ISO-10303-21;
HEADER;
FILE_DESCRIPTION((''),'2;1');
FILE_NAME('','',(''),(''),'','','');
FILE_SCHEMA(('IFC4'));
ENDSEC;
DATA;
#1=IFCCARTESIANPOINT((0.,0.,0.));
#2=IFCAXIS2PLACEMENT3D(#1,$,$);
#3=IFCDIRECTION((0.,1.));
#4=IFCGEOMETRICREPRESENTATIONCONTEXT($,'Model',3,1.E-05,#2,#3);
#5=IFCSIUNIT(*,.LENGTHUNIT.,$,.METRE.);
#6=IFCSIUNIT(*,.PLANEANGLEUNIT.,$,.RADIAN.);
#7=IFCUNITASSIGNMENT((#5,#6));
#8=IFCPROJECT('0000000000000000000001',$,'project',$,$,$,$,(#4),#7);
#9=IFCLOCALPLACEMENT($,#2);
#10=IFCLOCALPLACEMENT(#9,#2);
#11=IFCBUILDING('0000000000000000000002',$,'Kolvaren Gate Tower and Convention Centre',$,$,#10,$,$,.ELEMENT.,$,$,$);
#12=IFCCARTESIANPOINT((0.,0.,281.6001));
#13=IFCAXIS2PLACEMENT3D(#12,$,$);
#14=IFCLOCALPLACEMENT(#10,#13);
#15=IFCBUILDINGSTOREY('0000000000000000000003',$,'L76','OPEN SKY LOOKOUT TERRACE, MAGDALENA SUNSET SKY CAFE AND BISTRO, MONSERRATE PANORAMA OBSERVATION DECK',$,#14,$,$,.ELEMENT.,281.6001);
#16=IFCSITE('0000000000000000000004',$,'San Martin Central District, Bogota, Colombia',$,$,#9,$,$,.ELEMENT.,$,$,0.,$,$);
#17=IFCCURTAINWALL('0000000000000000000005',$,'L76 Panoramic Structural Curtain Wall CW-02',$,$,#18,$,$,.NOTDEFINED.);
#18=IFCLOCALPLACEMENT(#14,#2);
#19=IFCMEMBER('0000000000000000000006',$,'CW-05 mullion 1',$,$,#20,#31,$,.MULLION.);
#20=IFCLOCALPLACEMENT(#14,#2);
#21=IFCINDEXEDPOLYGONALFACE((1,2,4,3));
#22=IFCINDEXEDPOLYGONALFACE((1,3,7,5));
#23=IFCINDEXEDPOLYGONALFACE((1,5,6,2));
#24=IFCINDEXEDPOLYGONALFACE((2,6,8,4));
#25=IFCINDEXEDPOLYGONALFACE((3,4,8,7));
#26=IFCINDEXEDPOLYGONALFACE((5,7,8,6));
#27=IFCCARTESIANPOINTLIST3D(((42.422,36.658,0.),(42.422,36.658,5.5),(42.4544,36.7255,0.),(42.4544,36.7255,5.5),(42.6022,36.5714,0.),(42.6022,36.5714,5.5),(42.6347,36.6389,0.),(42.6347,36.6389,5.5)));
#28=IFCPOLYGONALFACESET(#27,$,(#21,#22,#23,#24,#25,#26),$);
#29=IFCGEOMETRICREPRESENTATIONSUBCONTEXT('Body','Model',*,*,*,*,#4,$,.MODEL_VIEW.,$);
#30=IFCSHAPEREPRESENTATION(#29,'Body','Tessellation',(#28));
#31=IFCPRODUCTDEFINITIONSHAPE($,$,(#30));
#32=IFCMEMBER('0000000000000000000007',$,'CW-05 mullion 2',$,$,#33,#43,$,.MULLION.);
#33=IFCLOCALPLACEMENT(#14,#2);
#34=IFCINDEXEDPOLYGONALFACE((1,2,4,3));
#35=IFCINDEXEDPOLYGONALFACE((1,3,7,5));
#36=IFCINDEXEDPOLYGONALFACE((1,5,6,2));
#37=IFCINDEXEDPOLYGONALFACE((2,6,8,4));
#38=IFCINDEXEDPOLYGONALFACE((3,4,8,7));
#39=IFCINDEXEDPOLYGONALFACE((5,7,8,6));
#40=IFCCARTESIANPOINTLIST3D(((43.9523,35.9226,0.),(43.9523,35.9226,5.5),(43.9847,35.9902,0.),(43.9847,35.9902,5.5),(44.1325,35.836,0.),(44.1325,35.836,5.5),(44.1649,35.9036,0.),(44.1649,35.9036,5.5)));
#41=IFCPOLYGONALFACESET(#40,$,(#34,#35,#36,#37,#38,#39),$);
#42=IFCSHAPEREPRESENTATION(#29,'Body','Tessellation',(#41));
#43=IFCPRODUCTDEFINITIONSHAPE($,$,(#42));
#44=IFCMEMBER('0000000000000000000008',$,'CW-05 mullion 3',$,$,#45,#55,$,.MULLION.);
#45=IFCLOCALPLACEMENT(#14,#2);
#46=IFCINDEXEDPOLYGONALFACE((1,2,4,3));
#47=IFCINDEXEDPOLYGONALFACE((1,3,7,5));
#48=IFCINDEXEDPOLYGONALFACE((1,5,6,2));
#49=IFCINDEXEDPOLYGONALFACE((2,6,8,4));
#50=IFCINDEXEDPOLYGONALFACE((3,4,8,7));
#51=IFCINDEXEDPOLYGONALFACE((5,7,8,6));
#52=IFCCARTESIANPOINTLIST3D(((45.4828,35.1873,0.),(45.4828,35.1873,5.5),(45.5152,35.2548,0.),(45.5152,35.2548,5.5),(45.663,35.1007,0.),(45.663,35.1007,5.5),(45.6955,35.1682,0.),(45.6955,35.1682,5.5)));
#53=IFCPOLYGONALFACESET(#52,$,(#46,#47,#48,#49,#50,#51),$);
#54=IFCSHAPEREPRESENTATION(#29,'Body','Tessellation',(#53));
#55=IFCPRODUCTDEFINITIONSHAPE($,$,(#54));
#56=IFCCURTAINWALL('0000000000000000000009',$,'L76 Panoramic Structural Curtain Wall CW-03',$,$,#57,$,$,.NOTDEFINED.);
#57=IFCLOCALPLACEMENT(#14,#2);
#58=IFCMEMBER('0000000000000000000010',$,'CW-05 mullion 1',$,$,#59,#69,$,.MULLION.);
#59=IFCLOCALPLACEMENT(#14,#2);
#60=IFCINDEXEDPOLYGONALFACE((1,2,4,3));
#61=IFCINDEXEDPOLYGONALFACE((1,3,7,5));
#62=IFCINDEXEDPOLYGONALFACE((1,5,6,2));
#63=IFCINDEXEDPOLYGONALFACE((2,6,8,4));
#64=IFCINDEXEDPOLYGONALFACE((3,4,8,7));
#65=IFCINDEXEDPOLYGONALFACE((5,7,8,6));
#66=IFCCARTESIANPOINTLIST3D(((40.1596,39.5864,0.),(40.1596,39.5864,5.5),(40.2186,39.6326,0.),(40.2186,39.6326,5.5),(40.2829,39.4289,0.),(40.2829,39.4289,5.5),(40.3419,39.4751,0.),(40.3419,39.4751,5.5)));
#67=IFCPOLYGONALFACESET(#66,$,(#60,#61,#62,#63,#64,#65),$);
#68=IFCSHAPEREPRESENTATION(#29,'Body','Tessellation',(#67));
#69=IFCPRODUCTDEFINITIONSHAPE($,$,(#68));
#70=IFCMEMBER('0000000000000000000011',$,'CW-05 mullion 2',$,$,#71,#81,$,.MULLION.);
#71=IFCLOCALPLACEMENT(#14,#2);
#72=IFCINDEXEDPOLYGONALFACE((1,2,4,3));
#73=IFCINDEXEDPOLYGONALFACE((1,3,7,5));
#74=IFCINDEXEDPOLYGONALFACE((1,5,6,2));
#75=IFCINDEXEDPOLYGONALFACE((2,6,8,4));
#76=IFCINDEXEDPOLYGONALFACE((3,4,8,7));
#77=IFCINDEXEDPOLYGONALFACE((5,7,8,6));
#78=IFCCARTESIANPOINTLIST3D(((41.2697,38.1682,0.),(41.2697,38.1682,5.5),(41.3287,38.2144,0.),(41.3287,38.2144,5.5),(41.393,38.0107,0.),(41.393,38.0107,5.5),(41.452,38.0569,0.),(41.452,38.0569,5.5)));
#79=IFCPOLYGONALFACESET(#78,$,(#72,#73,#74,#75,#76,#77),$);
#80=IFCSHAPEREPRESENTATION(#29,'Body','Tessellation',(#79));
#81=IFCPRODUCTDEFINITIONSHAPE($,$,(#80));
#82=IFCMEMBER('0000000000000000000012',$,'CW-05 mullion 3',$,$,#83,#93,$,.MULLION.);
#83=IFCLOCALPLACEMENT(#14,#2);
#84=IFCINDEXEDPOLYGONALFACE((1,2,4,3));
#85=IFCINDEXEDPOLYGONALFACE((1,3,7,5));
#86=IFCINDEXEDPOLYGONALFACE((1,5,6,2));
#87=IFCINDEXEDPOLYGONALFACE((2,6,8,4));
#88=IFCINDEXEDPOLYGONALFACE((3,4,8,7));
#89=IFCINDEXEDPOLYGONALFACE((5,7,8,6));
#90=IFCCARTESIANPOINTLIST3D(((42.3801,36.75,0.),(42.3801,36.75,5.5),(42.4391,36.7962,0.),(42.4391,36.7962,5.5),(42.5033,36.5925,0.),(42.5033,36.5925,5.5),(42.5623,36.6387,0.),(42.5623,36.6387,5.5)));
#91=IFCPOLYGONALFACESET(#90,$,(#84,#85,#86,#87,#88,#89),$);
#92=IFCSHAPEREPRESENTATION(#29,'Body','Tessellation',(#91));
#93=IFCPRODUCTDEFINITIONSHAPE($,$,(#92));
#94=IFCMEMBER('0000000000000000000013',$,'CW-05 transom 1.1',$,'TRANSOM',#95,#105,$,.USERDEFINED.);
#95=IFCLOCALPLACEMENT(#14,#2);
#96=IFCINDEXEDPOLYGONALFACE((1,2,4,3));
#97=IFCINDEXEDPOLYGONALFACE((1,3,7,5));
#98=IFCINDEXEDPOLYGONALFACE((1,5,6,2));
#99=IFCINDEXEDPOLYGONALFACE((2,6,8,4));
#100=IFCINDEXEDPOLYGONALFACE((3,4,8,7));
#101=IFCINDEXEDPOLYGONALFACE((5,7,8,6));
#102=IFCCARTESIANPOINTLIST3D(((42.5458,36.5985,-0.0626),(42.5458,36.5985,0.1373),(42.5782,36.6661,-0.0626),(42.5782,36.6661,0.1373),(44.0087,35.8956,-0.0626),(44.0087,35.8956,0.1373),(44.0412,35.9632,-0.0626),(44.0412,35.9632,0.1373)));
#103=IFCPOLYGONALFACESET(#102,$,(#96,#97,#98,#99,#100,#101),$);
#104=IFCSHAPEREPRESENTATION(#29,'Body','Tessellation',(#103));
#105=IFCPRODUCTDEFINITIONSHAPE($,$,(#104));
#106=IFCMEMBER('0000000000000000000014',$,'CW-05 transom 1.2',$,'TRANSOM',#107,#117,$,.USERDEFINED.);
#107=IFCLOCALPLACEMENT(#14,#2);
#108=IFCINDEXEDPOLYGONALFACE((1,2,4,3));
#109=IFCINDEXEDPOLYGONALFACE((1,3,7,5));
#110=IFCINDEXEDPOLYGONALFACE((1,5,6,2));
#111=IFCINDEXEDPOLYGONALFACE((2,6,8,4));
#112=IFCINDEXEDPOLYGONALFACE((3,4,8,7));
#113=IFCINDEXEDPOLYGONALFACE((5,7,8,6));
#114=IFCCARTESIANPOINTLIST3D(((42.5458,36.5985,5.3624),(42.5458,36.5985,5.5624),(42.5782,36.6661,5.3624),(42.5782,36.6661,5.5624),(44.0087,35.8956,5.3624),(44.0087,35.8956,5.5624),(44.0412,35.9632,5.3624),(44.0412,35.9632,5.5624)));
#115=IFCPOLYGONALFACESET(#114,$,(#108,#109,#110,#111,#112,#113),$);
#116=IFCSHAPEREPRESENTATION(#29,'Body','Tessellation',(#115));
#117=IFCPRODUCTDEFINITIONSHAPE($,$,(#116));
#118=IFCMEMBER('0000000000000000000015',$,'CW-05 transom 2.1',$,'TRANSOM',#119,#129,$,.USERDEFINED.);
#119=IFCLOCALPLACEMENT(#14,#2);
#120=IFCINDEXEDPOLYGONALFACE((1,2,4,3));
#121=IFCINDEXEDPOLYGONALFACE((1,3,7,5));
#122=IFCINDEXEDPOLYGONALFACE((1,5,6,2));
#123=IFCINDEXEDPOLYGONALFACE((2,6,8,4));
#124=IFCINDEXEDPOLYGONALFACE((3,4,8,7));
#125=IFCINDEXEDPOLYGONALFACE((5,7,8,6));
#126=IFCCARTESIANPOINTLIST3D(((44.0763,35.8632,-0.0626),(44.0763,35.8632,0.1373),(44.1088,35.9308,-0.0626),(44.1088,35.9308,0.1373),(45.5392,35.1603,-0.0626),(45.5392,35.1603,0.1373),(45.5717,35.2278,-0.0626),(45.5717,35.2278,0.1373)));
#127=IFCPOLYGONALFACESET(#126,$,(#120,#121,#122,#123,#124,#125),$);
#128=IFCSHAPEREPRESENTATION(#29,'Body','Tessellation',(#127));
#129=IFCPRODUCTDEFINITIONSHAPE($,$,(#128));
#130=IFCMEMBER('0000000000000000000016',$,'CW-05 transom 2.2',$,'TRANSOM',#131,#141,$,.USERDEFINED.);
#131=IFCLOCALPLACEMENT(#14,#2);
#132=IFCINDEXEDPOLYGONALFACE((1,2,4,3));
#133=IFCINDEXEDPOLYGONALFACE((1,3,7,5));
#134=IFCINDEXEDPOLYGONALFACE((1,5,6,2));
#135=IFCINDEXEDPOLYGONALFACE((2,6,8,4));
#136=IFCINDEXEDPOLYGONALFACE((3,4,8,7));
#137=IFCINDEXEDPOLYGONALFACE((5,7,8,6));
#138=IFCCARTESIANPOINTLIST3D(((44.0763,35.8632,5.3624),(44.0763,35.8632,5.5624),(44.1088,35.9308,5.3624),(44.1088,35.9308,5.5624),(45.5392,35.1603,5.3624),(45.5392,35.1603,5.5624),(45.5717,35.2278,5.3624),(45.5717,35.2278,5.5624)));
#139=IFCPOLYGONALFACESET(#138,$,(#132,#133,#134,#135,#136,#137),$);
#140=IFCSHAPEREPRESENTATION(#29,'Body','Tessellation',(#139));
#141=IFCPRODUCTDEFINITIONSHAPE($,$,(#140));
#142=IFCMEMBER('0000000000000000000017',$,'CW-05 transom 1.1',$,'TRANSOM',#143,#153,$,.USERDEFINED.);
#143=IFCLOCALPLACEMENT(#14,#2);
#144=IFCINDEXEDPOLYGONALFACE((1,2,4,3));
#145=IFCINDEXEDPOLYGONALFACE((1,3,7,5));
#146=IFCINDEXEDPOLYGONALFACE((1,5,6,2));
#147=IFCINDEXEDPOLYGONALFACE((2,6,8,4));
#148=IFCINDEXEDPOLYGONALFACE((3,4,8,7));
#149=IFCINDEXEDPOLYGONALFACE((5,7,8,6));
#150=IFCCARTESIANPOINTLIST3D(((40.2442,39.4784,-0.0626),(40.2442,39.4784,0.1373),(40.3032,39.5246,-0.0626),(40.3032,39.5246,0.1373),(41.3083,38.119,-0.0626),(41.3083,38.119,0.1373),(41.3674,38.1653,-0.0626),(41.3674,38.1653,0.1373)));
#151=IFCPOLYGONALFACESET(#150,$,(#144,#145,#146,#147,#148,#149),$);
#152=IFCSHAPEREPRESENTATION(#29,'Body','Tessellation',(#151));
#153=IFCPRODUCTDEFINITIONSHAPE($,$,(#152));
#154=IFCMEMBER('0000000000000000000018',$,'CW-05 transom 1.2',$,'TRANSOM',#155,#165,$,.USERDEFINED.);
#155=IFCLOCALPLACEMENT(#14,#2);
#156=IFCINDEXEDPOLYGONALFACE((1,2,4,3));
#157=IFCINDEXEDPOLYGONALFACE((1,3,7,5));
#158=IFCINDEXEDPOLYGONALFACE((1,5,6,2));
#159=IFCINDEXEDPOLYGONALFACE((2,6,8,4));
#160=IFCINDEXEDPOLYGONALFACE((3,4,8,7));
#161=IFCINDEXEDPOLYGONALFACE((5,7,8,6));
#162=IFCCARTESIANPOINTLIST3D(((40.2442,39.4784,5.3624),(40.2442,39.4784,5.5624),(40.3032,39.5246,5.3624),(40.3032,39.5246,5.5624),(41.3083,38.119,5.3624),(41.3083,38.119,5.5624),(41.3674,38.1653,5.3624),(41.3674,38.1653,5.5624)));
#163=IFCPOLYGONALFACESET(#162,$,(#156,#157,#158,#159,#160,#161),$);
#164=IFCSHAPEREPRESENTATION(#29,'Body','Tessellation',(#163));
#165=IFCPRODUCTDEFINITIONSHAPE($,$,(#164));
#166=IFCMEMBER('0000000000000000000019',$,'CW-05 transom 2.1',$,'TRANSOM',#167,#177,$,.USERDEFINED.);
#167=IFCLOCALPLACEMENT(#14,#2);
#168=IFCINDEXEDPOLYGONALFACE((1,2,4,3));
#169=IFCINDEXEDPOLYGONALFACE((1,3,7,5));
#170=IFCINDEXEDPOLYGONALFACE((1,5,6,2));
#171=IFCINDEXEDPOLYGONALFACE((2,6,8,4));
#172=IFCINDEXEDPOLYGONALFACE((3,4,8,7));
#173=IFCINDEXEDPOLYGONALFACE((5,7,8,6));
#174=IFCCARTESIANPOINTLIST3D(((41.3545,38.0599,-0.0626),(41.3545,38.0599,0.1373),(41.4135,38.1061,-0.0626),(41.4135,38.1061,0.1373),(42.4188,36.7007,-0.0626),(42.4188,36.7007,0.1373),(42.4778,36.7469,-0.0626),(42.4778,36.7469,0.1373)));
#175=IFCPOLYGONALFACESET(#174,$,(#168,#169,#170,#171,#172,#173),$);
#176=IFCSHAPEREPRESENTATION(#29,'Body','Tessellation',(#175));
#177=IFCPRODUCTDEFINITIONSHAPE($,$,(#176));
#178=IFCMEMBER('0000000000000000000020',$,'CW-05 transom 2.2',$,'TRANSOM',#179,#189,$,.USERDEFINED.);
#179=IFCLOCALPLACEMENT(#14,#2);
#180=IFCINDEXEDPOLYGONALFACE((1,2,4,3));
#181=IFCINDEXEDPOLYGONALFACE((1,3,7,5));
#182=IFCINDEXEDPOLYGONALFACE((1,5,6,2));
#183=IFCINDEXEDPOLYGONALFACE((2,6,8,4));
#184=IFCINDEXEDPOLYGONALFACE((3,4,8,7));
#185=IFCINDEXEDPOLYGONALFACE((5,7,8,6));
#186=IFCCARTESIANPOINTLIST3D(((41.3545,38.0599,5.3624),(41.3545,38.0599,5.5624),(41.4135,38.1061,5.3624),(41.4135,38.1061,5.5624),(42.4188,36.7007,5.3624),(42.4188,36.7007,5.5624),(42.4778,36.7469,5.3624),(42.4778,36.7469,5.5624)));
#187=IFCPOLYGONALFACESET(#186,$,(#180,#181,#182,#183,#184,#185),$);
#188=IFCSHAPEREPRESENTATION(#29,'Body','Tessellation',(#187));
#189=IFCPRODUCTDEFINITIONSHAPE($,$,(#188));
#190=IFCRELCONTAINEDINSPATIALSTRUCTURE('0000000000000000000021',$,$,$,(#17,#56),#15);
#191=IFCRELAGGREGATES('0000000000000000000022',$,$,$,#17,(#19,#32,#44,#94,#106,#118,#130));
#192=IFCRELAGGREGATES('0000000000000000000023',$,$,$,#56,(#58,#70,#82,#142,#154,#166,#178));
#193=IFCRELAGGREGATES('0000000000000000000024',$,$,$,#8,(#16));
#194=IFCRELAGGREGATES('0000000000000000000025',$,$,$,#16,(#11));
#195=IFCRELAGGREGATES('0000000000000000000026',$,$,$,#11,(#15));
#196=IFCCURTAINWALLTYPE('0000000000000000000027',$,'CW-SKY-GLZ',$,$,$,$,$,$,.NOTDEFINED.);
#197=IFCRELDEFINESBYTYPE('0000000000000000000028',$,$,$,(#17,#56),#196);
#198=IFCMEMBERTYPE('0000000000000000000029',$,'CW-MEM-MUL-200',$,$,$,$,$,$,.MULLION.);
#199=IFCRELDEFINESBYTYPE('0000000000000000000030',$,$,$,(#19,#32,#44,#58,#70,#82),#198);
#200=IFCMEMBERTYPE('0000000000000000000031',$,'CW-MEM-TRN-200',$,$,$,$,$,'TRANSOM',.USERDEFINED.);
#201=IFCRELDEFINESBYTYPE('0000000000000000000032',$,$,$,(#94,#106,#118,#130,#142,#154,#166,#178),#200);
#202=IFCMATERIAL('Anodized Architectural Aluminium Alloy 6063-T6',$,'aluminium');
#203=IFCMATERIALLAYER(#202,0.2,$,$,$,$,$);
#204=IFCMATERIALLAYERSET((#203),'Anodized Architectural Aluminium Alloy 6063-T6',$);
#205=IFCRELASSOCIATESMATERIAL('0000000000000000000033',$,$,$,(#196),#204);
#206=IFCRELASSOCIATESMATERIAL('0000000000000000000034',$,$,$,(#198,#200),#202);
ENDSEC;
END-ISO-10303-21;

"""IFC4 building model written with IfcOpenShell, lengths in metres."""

from ifc_helpers import new_model, si_unit, direction, frame, origin, origin_2d, place, context, subcontext, project, spatial, rectangle, extrude, material, layer, layer_set, material_profile, profile_set, type_object, element, aggregate, save


model = new_model("IFC4")

# Units and contexts
model_context = context("Model", 3, precision=1e-05, world=origin(), true_north=direction((0.0, 1.0)))
body_context = subcontext(model_context, "Body", "Model", "MODEL_VIEW")
ifc_project = project(units=[si_unit("LENGTHUNIT", "METRE"), si_unit("PLANEANGLEUNIT", "RADIAN")], contexts=[model_context])

# Site, building, storey
site_placement = place(None, origin())
site = spatial("IfcSite", under=ifc_project, at=site_placement, Name="San Martin Central District, Bogota, Colombia", CompositionType="ELEMENT", RefElevation=0.0)
building_placement = place(site_placement, origin())
building = spatial("IfcBuilding", under=site, at=building_placement, Name="Kolvaren Gate Tower and Convention Centre", CompositionType="ELEMENT")
storey_placement = place(building_placement, frame((0.0, 0.0, 281.6001)))
storey = spatial("IfcBuildingStorey", under=building, at=storey_placement, Name="L76", Description="OPEN SKY LOOKOUT TERRACE, MAGDALENA SUNSET SKY CAFE AND BISTRO, MONSERRATE PANORAMA OBSERVATION DECK", CompositionType="ELEMENT", Elevation=281.6001)

# Curtain walls, members
ifc_material_1 = material(Name="Anodized Architectural Aluminium Alloy 6063-T6", Category="aluminium")
ifc_layer_1 = layer(ifc_material_1, 0.2)
ifc_layer_set_1 = layer_set([ifc_layer_1], Name="Anodized Architectural Aluminium Alloy 6063-T6")
curtain_wall_type = type_object("IfcCurtainWallType", Name="CW-SKY-GLZ", PredefinedType="NOTDEFINED", material=ifc_layer_set_1)
curtain_wall_1_placement = place(storey_placement, origin())
curtain_wall_1 = element("IfcCurtainWall", 1, at=curtain_wall_1_placement, inside=storey, type_object=curtain_wall_type, Name="L76 Panoramic Structural Curtain Wall CW-02", PredefinedType="NOTDEFINED")
ifc_material_profile_1 = material_profile(ifc_material_1, rectangle(XDim=0.075, YDim=0.2, at=origin_2d()), Name="CW-MEM-MUL-200")
ifc_profile_set_1 = profile_set([ifc_material_profile_1], Name="Anodized Architectural Aluminium Alloy 6063-T6")
member_type_1 = type_object("IfcMemberType", Name="CW-MEM-MUL-200", PredefinedType="MULLION", material=ifc_profile_set_1)
member_1_placement = place(storey_placement, frame((42.5283, 36.6484, 0.0), z_axis=(0.0, 0.0, 1.0), x_axis=(0.433076, 0.901358, 0.0)))
member_1 = element("IfcMember", 2, at=member_1_placement, type_object=member_type_1, Name="CW-05 mullion 1", PredefinedType="MULLION", context=body_context, shape_type="SweptSolid", body=[
    extrude(rectangle(XDim=0.075, YDim=0.2, at=origin_2d()), origin(), (0.0, 0.0, 1.0), 5.5),
])
member_2_placement = place(storey_placement, frame((44.0586, 35.9131, 0.0), z_axis=(0.0, 0.0, 1.0), x_axis=(0.433076, 0.901358, 0.0)))
member_2 = element("IfcMember", 3, at=member_2_placement, type_object=member_type_1, Name="CW-05 mullion 2", PredefinedType="MULLION", context=body_context, shape_type="SweptSolid", body=[
    extrude(rectangle(XDim=0.075, YDim=0.2, at=origin_2d()), origin(), (0.0, 0.0, 1.0), 5.5),
])
member_3_placement = place(storey_placement, frame((45.5891, 35.1777, 0.0), z_axis=(0.0, 0.0, 1.0), x_axis=(0.433076, 0.901358, 0.0)))
member_3 = element("IfcMember", 4, at=member_3_placement, type_object=member_type_1, Name="CW-05 mullion 3", PredefinedType="MULLION", context=body_context, shape_type="SweptSolid", body=[
    extrude(rectangle(XDim=0.075, YDim=0.2, at=origin_2d()), origin(), (0.0, 0.0, 1.0), 5.5),
])
curtain_wall_2_placement = place(storey_placement, origin())
curtain_wall_2 = element("IfcCurtainWall", 5, at=curtain_wall_2_placement, inside=storey, type_object=curtain_wall_type, Name="L76 Panoramic Structural Curtain Wall CW-03", PredefinedType="NOTDEFINED")
member_4_placement = place(storey_placement, frame((40.2507, 39.5308, 0.0), z_axis=(0.0, 0.0, 1.0), x_axis=(0.787413, 0.616426, 0.0)))
member_4 = element("IfcMember", 6, at=member_4_placement, type_object=member_type_1, Name="CW-05 mullion 1", PredefinedType="MULLION", context=body_context, shape_type="SweptSolid", body=[
    extrude(rectangle(XDim=0.075, YDim=0.2, at=origin_2d()), origin(), (0.0, 0.0, 1.0), 5.5),
])
member_5_placement = place(storey_placement, frame((41.3608, 38.1125, 0.0), z_axis=(0.0, 0.0, 1.0), x_axis=(0.787413, 0.616426, 0.0)))
member_5 = element("IfcMember", 7, at=member_5_placement, type_object=member_type_1, Name="CW-05 mullion 2", PredefinedType="MULLION", context=body_context, shape_type="SweptSolid", body=[
    extrude(rectangle(XDim=0.075, YDim=0.2, at=origin_2d()), origin(), (0.0, 0.0, 1.0), 5.5),
])
member_6_placement = place(storey_placement, frame((42.4712, 36.6943, 0.0), z_axis=(0.0, 0.0, 1.0), x_axis=(0.787413, 0.616426, 0.0)))
member_6 = element("IfcMember", 8, at=member_6_placement, type_object=member_type_1, Name="CW-05 mullion 3", PredefinedType="MULLION", context=body_context, shape_type="SweptSolid", body=[
    extrude(rectangle(XDim=0.075, YDim=0.2, at=origin_2d()), origin(), (0.0, 0.0, 1.0), 5.5),
])

# Members
ifc_material_profile_2 = material_profile(ifc_material_1, rectangle(XDim=0.075, YDim=0.2, at=origin_2d()), Name="CW-MEM-TRN-200")
ifc_profile_set_2 = profile_set([ifc_material_profile_2], Name="Anodized Architectural Aluminium Alloy 6063-T6")
member_type_2 = type_object("IfcMemberType", Name="CW-MEM-TRN-200", ElementType="TRANSOM", PredefinedType="USERDEFINED", material=ifc_profile_set_2)
member_7_placement = place(storey_placement, frame((42.562, 36.6323, 0.0374), z_axis=(0.901356, -0.433078, 0.0), x_axis=(0.433078, 0.901356, 0.0)))
member_7 = element("IfcMember", 9, at=member_7_placement, type_object=member_type_2, Name="CW-05 transom 1.1", ObjectType="TRANSOM", PredefinedType="USERDEFINED", context=body_context, shape_type="SweptSolid", body=[
    extrude(rectangle(XDim=0.075, YDim=0.2, at=origin_2d()), origin(), (0.0, 0.0, 1.0), 1.623),
])
member_8_placement = place(storey_placement, frame((42.562, 36.6323, 5.4624), z_axis=(0.901356, -0.433078, 0.0), x_axis=(0.433078, 0.901356, 0.0)))
member_8 = element("IfcMember", 10, at=member_8_placement, type_object=member_type_2, Name="CW-05 transom 1.2", ObjectType="TRANSOM", PredefinedType="USERDEFINED", context=body_context, shape_type="SweptSolid", body=[
    extrude(rectangle(XDim=0.075, YDim=0.2, at=origin_2d()), origin(), (0.0, 0.0, 1.0), 1.623),
])
member_9_placement = place(storey_placement, frame((44.0925, 35.897, 0.0374), z_axis=(0.901356, -0.433078, 0.0), x_axis=(0.433078, 0.901356, 0.0)))
member_9 = element("IfcMember", 11, at=member_9_placement, type_object=member_type_2, Name="CW-05 transom 2.1", ObjectType="TRANSOM", PredefinedType="USERDEFINED", context=body_context, shape_type="SweptSolid", body=[
    extrude(rectangle(XDim=0.075, YDim=0.2, at=origin_2d()), origin(), (0.0, 0.0, 1.0), 1.623),
])
member_10_placement = place(storey_placement, frame((44.0925, 35.897, 5.4624), z_axis=(0.901356, -0.433078, 0.0), x_axis=(0.433078, 0.901356, 0.0)))
member_10 = element("IfcMember", 12, at=member_10_placement, type_object=member_type_2, Name="CW-05 transom 2.2", ObjectType="TRANSOM", PredefinedType="USERDEFINED", context=body_context, shape_type="SweptSolid", body=[
    extrude(rectangle(XDim=0.075, YDim=0.2, at=origin_2d()), origin(), (0.0, 0.0, 1.0), 1.623),
])
member_11_placement = place(storey_placement, frame((40.2737, 39.5015, 0.0374), z_axis=(0.616434, -0.787407, 0.0), x_axis=(0.787407, 0.616434, 0.0)))
member_11 = element("IfcMember", 13, at=member_11_placement, type_object=member_type_2, Name="CW-05 transom 1.1", ObjectType="TRANSOM", PredefinedType="USERDEFINED", context=body_context, shape_type="SweptSolid", body=[
    extrude(rectangle(XDim=0.075, YDim=0.2, at=origin_2d()), origin(), (0.0, 0.0, 1.0), 1.7263),
])
member_12_placement = place(storey_placement, frame((40.2737, 39.5015, 5.4624), z_axis=(0.616434, -0.787407, 0.0), x_axis=(0.787407, 0.616434, 0.0)))
member_12 = element("IfcMember", 14, at=member_12_placement, type_object=member_type_2, Name="CW-05 transom 1.2", ObjectType="TRANSOM", PredefinedType="USERDEFINED", context=body_context, shape_type="SweptSolid", body=[
    extrude(rectangle(XDim=0.075, YDim=0.2, at=origin_2d()), origin(), (0.0, 0.0, 1.0), 1.7263),
])
member_13_placement = place(storey_placement, frame((41.384, 38.083, 0.0374), z_axis=(0.616503, -0.787353, 0.0), x_axis=(0.787353, 0.616503, 0.0)))
member_13 = element("IfcMember", 15, at=member_13_placement, type_object=member_type_2, Name="CW-05 transom 2.1", ObjectType="TRANSOM", PredefinedType="USERDEFINED", context=body_context, shape_type="SweptSolid", body=[
    extrude(rectangle(XDim=0.075, YDim=0.2, at=origin_2d()), origin(), (0.0, 0.0, 1.0), 1.7263),
])
member_14_placement = place(storey_placement, frame((41.384, 38.083, 5.4624), z_axis=(0.616503, -0.787353, 0.0), x_axis=(0.787353, 0.616503, 0.0)))
member_14 = element("IfcMember", 16, at=member_14_placement, type_object=member_type_2, Name="CW-05 transom 2.2", ObjectType="TRANSOM", PredefinedType="USERDEFINED", context=body_context, shape_type="SweptSolid", body=[
    extrude(rectangle(XDim=0.075, YDim=0.2, at=origin_2d()), origin(), (0.0, 0.0, 1.0), 1.7263),
])

aggregate(curtain_wall_1, [member_1, member_2, member_3, member_7, member_8, member_9, member_10])
aggregate(curtain_wall_2, [member_4, member_5, member_6, member_11, member_12, member_13, member_14])

save(model, "model.ifc")
